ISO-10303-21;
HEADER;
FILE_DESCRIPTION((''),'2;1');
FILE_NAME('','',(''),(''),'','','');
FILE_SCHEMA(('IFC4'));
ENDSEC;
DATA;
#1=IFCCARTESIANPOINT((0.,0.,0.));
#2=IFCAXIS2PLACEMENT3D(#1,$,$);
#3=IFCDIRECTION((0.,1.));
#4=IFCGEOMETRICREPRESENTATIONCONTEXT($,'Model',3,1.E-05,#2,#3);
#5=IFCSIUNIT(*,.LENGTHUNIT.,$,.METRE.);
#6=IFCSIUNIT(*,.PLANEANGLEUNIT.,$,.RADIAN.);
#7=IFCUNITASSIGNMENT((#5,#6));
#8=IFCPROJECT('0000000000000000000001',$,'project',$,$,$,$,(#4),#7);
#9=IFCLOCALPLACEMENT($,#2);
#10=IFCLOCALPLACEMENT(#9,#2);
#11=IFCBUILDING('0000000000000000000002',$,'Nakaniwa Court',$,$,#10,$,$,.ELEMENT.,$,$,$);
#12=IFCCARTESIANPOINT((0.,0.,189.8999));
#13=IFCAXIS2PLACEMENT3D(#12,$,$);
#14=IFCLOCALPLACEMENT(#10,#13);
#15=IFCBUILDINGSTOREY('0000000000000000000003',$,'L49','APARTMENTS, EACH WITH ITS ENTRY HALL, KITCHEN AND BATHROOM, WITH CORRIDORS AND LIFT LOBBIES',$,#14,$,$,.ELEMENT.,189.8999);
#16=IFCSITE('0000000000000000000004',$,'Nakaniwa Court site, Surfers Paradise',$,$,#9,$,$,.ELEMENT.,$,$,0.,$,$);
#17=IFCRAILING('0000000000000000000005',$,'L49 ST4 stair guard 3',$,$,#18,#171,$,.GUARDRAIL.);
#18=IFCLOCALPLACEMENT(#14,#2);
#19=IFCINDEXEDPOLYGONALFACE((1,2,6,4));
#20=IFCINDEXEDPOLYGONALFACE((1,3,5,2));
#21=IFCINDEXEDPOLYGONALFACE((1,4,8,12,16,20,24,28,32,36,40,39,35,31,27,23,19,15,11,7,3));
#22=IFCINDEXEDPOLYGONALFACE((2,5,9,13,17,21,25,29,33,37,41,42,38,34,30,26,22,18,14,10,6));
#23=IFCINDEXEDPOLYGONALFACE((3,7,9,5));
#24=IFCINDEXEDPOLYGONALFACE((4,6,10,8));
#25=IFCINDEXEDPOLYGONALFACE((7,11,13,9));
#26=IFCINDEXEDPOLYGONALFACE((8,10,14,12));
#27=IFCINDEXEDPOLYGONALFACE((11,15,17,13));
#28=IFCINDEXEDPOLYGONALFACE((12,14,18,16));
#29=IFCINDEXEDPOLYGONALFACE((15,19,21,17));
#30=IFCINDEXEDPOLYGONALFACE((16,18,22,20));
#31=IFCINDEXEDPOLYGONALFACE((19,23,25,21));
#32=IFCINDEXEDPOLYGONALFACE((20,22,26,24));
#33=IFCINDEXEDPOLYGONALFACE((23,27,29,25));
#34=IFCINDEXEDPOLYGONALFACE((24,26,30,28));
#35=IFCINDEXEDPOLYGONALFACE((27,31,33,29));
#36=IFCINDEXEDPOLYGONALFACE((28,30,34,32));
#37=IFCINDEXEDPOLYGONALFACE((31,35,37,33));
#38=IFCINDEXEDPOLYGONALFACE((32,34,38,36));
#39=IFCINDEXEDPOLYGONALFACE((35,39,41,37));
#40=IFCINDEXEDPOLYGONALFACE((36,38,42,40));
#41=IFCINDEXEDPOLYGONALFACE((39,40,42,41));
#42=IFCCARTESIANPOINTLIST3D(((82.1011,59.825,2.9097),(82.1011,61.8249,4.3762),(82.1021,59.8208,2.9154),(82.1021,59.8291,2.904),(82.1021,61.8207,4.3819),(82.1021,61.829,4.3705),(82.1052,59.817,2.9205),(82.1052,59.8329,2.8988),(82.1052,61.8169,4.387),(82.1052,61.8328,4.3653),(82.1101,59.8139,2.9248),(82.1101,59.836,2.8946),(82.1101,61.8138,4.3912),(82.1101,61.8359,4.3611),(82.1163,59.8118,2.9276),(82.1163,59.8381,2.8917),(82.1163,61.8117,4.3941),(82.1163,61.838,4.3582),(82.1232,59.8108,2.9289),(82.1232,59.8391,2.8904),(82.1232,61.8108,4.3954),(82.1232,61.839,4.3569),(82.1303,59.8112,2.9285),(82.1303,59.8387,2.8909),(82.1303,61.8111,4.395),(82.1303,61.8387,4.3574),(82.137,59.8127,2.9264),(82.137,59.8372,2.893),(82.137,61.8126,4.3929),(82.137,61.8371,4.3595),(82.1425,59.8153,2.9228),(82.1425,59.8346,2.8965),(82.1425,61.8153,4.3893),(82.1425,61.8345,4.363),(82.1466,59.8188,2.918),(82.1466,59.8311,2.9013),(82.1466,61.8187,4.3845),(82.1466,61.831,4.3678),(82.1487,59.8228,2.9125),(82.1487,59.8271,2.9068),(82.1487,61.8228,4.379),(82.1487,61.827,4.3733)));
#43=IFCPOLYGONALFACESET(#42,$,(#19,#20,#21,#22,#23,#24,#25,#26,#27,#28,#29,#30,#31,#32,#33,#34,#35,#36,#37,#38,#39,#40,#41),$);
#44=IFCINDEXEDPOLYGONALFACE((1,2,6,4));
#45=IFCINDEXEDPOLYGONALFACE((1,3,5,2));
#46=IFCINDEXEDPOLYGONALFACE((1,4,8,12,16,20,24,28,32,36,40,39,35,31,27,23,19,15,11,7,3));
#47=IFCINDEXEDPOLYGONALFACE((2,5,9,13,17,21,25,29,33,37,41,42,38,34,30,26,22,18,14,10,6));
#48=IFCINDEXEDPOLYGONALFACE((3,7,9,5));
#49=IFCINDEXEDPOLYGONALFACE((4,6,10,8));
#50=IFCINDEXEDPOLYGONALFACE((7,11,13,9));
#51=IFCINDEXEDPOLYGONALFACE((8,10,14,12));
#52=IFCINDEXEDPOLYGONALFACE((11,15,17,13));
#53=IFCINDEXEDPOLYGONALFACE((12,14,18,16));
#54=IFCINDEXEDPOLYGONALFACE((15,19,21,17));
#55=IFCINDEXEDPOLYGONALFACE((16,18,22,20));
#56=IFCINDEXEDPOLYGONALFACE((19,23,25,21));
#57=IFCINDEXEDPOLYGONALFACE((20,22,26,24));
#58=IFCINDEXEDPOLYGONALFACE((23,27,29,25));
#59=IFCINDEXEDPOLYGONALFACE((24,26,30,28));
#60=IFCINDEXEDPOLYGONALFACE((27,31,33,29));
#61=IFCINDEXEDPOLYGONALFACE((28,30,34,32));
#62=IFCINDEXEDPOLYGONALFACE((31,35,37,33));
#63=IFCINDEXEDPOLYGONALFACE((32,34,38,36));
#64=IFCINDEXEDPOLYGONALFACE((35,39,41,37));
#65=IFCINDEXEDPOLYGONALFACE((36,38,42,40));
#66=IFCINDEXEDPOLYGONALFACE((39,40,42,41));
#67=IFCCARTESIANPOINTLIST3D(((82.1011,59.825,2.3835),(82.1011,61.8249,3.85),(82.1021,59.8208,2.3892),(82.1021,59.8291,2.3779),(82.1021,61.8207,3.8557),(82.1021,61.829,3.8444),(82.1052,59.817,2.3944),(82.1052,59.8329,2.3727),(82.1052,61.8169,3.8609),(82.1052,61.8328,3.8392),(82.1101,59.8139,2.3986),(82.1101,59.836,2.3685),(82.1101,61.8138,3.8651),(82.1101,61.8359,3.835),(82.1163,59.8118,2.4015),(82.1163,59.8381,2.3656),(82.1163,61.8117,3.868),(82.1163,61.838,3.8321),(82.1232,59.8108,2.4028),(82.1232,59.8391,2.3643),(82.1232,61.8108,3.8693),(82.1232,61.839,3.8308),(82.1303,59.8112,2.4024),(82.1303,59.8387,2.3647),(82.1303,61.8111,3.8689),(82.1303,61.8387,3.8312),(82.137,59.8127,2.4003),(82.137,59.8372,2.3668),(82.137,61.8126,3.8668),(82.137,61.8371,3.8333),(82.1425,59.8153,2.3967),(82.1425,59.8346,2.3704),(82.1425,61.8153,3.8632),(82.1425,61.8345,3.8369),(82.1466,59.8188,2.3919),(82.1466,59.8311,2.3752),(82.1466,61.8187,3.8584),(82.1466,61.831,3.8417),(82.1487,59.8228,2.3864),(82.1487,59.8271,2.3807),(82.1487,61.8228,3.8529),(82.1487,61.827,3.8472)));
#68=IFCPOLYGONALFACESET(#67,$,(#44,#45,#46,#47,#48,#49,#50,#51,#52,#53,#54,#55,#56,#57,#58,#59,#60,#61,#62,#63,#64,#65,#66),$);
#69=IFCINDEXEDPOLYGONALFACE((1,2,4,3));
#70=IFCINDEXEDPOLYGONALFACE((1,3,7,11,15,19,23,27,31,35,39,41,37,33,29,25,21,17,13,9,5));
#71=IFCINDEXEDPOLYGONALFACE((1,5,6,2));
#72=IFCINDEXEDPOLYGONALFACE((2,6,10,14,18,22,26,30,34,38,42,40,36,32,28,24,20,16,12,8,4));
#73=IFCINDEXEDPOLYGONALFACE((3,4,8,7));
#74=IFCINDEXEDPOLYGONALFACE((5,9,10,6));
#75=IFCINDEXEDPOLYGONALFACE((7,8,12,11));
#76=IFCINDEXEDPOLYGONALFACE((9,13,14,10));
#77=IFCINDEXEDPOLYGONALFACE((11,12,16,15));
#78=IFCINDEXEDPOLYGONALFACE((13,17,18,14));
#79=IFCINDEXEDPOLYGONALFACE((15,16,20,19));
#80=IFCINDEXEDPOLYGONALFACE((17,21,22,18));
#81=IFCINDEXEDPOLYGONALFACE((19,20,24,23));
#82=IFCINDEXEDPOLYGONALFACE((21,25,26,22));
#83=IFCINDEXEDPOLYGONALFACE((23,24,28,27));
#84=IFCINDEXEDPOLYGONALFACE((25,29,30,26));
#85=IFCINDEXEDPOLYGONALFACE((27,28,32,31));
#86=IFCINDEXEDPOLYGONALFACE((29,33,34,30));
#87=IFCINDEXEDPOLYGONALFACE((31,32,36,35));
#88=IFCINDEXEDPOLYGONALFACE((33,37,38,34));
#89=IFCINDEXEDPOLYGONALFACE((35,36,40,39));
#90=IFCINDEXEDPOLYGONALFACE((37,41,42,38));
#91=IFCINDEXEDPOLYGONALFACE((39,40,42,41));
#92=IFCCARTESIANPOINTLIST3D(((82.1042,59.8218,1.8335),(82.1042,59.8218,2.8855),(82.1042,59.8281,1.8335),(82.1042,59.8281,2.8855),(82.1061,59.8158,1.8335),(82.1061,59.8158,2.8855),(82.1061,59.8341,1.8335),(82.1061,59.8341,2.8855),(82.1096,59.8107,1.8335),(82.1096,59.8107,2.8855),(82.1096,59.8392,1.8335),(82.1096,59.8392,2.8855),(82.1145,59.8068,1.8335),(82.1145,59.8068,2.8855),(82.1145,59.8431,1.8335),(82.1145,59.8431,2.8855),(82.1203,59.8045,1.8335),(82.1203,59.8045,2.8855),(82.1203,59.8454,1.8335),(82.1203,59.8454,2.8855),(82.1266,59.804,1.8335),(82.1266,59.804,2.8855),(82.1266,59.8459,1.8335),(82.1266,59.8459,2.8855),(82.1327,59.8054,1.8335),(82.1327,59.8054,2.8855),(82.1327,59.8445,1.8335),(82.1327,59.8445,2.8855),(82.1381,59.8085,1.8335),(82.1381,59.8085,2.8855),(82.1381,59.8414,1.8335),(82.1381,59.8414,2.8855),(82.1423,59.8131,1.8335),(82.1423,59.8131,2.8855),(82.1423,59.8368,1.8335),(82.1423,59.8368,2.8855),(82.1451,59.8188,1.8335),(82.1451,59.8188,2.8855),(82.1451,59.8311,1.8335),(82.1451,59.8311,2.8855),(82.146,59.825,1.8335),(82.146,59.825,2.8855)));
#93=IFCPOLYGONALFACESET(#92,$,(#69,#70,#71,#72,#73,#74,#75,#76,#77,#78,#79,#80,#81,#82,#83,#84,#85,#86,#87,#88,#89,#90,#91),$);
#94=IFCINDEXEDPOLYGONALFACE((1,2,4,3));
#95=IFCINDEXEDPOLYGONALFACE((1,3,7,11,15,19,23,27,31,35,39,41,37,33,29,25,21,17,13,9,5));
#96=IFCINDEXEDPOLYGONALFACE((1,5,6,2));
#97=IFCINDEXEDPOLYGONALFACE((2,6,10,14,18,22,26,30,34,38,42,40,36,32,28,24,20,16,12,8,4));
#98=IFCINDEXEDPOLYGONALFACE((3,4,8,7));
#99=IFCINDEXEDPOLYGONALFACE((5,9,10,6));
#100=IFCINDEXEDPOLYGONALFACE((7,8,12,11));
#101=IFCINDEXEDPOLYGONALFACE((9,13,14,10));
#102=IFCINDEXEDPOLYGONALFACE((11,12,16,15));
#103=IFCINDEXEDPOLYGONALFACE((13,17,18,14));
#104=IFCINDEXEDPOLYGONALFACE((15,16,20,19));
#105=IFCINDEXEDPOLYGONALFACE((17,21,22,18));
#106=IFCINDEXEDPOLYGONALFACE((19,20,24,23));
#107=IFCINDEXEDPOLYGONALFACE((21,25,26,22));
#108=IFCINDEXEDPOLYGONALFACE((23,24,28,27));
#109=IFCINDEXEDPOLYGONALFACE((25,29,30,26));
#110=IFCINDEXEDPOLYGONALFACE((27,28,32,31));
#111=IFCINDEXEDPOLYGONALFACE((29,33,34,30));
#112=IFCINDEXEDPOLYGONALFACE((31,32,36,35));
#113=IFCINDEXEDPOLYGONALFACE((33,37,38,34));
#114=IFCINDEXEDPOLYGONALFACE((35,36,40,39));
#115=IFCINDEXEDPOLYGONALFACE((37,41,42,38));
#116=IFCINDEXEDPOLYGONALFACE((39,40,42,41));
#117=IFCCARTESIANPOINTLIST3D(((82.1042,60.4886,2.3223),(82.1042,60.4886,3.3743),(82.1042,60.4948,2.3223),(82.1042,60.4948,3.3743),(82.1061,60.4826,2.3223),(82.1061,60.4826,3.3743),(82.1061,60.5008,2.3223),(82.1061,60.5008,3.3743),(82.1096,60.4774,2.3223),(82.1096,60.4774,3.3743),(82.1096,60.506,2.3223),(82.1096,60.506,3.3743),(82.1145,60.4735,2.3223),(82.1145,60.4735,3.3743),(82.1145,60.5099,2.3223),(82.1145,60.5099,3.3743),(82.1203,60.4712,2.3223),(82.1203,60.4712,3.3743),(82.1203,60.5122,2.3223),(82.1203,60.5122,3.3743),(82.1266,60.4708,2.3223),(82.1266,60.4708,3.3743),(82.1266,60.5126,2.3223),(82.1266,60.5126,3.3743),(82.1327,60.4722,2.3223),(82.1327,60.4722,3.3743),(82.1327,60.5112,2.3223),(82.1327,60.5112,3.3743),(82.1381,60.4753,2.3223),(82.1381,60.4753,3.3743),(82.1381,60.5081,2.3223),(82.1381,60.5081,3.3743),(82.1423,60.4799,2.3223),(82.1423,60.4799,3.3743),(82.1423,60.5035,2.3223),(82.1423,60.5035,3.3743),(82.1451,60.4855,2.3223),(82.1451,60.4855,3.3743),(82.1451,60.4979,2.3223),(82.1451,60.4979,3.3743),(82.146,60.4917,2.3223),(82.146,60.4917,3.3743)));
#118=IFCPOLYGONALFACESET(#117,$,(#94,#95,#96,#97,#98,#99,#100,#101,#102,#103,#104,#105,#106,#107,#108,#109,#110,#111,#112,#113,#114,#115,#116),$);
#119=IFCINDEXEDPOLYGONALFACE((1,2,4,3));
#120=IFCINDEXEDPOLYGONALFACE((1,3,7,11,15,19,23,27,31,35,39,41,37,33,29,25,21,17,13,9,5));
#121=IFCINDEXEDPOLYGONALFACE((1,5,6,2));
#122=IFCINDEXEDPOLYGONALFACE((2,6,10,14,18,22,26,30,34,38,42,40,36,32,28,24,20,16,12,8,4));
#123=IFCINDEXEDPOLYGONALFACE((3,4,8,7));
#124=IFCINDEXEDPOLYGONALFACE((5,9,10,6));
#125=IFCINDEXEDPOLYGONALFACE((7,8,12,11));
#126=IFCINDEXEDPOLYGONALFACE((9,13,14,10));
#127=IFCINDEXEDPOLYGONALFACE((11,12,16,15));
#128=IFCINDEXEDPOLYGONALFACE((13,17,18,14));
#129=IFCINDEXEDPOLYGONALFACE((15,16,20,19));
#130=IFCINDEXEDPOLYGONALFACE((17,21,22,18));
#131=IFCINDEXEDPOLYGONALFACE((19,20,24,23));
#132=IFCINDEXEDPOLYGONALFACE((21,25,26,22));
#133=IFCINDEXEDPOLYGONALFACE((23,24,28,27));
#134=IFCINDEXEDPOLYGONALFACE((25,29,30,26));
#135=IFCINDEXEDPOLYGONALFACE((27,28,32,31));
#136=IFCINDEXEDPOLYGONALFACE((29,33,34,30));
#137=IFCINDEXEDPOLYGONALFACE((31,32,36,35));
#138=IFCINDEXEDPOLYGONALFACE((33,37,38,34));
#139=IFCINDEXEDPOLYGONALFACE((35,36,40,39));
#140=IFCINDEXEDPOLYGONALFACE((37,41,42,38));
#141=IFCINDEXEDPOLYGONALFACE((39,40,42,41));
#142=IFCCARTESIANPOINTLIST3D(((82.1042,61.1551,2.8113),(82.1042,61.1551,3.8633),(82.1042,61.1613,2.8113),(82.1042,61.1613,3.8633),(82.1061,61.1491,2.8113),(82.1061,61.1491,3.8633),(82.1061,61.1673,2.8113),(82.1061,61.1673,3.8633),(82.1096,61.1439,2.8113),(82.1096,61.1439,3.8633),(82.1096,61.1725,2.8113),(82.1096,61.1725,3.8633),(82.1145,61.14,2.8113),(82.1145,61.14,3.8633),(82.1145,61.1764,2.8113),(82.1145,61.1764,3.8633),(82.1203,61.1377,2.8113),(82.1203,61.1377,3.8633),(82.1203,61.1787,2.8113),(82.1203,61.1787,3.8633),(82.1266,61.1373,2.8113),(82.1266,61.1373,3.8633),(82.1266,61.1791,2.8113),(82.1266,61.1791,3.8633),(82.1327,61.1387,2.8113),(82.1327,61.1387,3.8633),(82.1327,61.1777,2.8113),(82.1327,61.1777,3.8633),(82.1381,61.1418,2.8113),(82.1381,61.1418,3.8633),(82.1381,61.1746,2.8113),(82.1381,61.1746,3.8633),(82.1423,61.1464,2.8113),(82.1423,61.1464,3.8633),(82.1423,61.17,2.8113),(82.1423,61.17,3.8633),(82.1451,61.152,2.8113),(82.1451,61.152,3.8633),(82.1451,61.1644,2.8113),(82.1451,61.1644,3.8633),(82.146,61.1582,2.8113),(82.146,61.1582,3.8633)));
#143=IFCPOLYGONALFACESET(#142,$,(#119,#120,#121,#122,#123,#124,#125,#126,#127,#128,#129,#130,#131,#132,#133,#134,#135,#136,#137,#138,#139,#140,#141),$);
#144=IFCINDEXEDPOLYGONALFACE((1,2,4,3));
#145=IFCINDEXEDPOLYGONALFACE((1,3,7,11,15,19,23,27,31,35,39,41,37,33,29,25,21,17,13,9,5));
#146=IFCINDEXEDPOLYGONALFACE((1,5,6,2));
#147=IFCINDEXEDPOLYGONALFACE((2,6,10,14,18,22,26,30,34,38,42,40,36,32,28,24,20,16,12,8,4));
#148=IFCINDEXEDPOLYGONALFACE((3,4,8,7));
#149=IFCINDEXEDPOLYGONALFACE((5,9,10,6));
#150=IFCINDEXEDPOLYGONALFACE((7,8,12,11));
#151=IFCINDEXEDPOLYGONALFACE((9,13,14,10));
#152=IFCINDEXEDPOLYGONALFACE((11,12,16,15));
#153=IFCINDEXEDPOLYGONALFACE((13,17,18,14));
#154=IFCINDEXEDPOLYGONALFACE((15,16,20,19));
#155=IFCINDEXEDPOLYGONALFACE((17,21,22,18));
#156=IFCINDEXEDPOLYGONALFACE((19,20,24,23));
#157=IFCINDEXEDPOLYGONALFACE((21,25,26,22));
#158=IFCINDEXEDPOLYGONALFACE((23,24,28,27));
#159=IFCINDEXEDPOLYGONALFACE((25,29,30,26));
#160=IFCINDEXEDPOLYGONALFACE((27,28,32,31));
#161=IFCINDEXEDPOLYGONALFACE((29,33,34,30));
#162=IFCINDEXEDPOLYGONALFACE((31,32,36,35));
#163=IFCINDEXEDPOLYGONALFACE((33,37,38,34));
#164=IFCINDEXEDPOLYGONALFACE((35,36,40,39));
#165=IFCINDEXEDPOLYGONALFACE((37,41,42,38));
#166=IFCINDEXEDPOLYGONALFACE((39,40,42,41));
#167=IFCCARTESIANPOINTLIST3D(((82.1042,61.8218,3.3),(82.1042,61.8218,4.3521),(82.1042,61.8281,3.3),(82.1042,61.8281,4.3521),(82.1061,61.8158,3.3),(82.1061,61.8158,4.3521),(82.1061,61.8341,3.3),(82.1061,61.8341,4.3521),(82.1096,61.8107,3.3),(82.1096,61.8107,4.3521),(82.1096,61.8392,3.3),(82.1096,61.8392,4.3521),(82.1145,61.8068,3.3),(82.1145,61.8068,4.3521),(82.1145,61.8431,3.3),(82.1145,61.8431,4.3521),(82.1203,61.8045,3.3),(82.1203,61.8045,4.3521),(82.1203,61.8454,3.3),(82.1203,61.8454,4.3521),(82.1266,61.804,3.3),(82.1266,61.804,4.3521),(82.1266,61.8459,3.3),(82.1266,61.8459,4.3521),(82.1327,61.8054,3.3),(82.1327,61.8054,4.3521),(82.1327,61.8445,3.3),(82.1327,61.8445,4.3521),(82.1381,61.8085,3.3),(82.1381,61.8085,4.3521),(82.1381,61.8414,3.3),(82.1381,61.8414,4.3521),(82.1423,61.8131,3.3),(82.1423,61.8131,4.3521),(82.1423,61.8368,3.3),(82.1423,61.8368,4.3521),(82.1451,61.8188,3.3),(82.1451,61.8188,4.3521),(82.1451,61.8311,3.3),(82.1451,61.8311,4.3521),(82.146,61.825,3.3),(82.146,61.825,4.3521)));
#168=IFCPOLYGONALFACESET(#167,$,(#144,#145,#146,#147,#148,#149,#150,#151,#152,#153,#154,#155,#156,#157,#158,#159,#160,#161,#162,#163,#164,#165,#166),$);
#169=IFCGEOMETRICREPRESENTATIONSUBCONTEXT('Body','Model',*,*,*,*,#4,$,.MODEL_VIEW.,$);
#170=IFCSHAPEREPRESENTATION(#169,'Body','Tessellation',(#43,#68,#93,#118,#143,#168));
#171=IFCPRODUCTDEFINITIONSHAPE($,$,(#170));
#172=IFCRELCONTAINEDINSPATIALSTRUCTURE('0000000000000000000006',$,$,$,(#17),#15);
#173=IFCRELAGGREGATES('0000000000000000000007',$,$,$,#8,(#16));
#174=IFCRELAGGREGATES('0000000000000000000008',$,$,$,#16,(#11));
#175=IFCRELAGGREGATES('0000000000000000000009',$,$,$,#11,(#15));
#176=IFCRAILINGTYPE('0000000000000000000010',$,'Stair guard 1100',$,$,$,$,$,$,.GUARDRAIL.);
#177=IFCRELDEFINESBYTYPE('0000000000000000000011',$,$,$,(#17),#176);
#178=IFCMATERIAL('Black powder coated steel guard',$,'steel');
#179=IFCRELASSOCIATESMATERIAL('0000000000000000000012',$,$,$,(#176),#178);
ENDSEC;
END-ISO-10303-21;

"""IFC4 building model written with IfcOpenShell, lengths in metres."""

from ifc_helpers import new_model, si_unit, direction, frame, origin, origin_2d, place, context, subcontext, project, spatial, circle, extrude, material, type_object, element, save


model = new_model("IFC4")

# Units and contexts
model_context = context("Model", 3, precision=1e-05, world=origin(), true_north=direction((0.0, 1.0)))
body_context = subcontext(model_context, "Body", "Model", "MODEL_VIEW")
ifc_project = project(units=[si_unit("LENGTHUNIT", "METRE"), si_unit("PLANEANGLEUNIT", "RADIAN")], contexts=[model_context])

# Site, building, storey
site_placement = place(None, origin())
site = spatial("IfcSite", under=ifc_project, at=site_placement, Name="Nakaniwa Court site, Surfers Paradise", CompositionType="ELEMENT", RefElevation=0.0)
building_placement = place(site_placement, origin())
building = spatial("IfcBuilding", under=site, at=building_placement, Name="Nakaniwa Court", CompositionType="ELEMENT")
storey_placement = place(building_placement, frame((0.0, 0.0, 189.8999)))
storey = spatial("IfcBuildingStorey", under=building, at=storey_placement, Name="L49", Description="APARTMENTS, EACH WITH ITS ENTRY HALL, KITCHEN AND BATHROOM, WITH CORRIDORS AND LIFT LOBBIES", CompositionType="ELEMENT", Elevation=189.8999)

# Railing
ifc_material_1 = material(Name="Black powder coated steel guard", Category="steel")
railing_type_1 = type_object("IfcRailingType", Name="Stair guard 1100", PredefinedType="GUARDRAIL", material=ifc_material_1)
railing_1_placement = place(storey_placement, frame((82.125, 59.825, 1.8335)))
element("IfcRailing", 1, at=railing_1_placement, inside=storey, type_object=railing_type_1, Name="L49 ST4 stair guard 3", PredefinedType="GUARDRAIL", context=body_context, shape_type="SweptSolid", body=[
    extrude(circle(Radius=0.0239, at=origin_2d()), frame((0.0, 0.0, 1.0762), z_axis=(0.0, 0.806427, 0.591334), x_axis=(-1.0, 0.0, 0.0)), (0.0, 0.0, 1.0), 2.48),
    extrude(circle(Radius=0.0239, at=origin_2d()), frame((0.0, 0.0, 0.55), z_axis=(0.0, 0.806427, 0.591334), x_axis=(-1.0, 0.0, 0.0)), (0.0, 0.0, 1.0), 2.48),
    extrude(circle(Radius=0.021, at=origin_2d()), origin(), (0.0, 0.0, 1.0), 1.052),
    extrude(circle(Radius=0.021, at=origin_2d()), frame((0.0, 0.6667, 0.4888)), (0.0, 0.0, 1.0), 1.052),
    extrude(circle(Radius=0.021, at=origin_2d()), frame((0.0, 1.3333, 0.9778)), (0.0, 0.0, 1.0), 1.052),
    extrude(circle(Radius=0.021, at=origin_2d()), frame((0.0, 2.0, 1.4666)), (0.0, 0.0, 1.0), 1.052),
])

save(model, "model.ifc")
